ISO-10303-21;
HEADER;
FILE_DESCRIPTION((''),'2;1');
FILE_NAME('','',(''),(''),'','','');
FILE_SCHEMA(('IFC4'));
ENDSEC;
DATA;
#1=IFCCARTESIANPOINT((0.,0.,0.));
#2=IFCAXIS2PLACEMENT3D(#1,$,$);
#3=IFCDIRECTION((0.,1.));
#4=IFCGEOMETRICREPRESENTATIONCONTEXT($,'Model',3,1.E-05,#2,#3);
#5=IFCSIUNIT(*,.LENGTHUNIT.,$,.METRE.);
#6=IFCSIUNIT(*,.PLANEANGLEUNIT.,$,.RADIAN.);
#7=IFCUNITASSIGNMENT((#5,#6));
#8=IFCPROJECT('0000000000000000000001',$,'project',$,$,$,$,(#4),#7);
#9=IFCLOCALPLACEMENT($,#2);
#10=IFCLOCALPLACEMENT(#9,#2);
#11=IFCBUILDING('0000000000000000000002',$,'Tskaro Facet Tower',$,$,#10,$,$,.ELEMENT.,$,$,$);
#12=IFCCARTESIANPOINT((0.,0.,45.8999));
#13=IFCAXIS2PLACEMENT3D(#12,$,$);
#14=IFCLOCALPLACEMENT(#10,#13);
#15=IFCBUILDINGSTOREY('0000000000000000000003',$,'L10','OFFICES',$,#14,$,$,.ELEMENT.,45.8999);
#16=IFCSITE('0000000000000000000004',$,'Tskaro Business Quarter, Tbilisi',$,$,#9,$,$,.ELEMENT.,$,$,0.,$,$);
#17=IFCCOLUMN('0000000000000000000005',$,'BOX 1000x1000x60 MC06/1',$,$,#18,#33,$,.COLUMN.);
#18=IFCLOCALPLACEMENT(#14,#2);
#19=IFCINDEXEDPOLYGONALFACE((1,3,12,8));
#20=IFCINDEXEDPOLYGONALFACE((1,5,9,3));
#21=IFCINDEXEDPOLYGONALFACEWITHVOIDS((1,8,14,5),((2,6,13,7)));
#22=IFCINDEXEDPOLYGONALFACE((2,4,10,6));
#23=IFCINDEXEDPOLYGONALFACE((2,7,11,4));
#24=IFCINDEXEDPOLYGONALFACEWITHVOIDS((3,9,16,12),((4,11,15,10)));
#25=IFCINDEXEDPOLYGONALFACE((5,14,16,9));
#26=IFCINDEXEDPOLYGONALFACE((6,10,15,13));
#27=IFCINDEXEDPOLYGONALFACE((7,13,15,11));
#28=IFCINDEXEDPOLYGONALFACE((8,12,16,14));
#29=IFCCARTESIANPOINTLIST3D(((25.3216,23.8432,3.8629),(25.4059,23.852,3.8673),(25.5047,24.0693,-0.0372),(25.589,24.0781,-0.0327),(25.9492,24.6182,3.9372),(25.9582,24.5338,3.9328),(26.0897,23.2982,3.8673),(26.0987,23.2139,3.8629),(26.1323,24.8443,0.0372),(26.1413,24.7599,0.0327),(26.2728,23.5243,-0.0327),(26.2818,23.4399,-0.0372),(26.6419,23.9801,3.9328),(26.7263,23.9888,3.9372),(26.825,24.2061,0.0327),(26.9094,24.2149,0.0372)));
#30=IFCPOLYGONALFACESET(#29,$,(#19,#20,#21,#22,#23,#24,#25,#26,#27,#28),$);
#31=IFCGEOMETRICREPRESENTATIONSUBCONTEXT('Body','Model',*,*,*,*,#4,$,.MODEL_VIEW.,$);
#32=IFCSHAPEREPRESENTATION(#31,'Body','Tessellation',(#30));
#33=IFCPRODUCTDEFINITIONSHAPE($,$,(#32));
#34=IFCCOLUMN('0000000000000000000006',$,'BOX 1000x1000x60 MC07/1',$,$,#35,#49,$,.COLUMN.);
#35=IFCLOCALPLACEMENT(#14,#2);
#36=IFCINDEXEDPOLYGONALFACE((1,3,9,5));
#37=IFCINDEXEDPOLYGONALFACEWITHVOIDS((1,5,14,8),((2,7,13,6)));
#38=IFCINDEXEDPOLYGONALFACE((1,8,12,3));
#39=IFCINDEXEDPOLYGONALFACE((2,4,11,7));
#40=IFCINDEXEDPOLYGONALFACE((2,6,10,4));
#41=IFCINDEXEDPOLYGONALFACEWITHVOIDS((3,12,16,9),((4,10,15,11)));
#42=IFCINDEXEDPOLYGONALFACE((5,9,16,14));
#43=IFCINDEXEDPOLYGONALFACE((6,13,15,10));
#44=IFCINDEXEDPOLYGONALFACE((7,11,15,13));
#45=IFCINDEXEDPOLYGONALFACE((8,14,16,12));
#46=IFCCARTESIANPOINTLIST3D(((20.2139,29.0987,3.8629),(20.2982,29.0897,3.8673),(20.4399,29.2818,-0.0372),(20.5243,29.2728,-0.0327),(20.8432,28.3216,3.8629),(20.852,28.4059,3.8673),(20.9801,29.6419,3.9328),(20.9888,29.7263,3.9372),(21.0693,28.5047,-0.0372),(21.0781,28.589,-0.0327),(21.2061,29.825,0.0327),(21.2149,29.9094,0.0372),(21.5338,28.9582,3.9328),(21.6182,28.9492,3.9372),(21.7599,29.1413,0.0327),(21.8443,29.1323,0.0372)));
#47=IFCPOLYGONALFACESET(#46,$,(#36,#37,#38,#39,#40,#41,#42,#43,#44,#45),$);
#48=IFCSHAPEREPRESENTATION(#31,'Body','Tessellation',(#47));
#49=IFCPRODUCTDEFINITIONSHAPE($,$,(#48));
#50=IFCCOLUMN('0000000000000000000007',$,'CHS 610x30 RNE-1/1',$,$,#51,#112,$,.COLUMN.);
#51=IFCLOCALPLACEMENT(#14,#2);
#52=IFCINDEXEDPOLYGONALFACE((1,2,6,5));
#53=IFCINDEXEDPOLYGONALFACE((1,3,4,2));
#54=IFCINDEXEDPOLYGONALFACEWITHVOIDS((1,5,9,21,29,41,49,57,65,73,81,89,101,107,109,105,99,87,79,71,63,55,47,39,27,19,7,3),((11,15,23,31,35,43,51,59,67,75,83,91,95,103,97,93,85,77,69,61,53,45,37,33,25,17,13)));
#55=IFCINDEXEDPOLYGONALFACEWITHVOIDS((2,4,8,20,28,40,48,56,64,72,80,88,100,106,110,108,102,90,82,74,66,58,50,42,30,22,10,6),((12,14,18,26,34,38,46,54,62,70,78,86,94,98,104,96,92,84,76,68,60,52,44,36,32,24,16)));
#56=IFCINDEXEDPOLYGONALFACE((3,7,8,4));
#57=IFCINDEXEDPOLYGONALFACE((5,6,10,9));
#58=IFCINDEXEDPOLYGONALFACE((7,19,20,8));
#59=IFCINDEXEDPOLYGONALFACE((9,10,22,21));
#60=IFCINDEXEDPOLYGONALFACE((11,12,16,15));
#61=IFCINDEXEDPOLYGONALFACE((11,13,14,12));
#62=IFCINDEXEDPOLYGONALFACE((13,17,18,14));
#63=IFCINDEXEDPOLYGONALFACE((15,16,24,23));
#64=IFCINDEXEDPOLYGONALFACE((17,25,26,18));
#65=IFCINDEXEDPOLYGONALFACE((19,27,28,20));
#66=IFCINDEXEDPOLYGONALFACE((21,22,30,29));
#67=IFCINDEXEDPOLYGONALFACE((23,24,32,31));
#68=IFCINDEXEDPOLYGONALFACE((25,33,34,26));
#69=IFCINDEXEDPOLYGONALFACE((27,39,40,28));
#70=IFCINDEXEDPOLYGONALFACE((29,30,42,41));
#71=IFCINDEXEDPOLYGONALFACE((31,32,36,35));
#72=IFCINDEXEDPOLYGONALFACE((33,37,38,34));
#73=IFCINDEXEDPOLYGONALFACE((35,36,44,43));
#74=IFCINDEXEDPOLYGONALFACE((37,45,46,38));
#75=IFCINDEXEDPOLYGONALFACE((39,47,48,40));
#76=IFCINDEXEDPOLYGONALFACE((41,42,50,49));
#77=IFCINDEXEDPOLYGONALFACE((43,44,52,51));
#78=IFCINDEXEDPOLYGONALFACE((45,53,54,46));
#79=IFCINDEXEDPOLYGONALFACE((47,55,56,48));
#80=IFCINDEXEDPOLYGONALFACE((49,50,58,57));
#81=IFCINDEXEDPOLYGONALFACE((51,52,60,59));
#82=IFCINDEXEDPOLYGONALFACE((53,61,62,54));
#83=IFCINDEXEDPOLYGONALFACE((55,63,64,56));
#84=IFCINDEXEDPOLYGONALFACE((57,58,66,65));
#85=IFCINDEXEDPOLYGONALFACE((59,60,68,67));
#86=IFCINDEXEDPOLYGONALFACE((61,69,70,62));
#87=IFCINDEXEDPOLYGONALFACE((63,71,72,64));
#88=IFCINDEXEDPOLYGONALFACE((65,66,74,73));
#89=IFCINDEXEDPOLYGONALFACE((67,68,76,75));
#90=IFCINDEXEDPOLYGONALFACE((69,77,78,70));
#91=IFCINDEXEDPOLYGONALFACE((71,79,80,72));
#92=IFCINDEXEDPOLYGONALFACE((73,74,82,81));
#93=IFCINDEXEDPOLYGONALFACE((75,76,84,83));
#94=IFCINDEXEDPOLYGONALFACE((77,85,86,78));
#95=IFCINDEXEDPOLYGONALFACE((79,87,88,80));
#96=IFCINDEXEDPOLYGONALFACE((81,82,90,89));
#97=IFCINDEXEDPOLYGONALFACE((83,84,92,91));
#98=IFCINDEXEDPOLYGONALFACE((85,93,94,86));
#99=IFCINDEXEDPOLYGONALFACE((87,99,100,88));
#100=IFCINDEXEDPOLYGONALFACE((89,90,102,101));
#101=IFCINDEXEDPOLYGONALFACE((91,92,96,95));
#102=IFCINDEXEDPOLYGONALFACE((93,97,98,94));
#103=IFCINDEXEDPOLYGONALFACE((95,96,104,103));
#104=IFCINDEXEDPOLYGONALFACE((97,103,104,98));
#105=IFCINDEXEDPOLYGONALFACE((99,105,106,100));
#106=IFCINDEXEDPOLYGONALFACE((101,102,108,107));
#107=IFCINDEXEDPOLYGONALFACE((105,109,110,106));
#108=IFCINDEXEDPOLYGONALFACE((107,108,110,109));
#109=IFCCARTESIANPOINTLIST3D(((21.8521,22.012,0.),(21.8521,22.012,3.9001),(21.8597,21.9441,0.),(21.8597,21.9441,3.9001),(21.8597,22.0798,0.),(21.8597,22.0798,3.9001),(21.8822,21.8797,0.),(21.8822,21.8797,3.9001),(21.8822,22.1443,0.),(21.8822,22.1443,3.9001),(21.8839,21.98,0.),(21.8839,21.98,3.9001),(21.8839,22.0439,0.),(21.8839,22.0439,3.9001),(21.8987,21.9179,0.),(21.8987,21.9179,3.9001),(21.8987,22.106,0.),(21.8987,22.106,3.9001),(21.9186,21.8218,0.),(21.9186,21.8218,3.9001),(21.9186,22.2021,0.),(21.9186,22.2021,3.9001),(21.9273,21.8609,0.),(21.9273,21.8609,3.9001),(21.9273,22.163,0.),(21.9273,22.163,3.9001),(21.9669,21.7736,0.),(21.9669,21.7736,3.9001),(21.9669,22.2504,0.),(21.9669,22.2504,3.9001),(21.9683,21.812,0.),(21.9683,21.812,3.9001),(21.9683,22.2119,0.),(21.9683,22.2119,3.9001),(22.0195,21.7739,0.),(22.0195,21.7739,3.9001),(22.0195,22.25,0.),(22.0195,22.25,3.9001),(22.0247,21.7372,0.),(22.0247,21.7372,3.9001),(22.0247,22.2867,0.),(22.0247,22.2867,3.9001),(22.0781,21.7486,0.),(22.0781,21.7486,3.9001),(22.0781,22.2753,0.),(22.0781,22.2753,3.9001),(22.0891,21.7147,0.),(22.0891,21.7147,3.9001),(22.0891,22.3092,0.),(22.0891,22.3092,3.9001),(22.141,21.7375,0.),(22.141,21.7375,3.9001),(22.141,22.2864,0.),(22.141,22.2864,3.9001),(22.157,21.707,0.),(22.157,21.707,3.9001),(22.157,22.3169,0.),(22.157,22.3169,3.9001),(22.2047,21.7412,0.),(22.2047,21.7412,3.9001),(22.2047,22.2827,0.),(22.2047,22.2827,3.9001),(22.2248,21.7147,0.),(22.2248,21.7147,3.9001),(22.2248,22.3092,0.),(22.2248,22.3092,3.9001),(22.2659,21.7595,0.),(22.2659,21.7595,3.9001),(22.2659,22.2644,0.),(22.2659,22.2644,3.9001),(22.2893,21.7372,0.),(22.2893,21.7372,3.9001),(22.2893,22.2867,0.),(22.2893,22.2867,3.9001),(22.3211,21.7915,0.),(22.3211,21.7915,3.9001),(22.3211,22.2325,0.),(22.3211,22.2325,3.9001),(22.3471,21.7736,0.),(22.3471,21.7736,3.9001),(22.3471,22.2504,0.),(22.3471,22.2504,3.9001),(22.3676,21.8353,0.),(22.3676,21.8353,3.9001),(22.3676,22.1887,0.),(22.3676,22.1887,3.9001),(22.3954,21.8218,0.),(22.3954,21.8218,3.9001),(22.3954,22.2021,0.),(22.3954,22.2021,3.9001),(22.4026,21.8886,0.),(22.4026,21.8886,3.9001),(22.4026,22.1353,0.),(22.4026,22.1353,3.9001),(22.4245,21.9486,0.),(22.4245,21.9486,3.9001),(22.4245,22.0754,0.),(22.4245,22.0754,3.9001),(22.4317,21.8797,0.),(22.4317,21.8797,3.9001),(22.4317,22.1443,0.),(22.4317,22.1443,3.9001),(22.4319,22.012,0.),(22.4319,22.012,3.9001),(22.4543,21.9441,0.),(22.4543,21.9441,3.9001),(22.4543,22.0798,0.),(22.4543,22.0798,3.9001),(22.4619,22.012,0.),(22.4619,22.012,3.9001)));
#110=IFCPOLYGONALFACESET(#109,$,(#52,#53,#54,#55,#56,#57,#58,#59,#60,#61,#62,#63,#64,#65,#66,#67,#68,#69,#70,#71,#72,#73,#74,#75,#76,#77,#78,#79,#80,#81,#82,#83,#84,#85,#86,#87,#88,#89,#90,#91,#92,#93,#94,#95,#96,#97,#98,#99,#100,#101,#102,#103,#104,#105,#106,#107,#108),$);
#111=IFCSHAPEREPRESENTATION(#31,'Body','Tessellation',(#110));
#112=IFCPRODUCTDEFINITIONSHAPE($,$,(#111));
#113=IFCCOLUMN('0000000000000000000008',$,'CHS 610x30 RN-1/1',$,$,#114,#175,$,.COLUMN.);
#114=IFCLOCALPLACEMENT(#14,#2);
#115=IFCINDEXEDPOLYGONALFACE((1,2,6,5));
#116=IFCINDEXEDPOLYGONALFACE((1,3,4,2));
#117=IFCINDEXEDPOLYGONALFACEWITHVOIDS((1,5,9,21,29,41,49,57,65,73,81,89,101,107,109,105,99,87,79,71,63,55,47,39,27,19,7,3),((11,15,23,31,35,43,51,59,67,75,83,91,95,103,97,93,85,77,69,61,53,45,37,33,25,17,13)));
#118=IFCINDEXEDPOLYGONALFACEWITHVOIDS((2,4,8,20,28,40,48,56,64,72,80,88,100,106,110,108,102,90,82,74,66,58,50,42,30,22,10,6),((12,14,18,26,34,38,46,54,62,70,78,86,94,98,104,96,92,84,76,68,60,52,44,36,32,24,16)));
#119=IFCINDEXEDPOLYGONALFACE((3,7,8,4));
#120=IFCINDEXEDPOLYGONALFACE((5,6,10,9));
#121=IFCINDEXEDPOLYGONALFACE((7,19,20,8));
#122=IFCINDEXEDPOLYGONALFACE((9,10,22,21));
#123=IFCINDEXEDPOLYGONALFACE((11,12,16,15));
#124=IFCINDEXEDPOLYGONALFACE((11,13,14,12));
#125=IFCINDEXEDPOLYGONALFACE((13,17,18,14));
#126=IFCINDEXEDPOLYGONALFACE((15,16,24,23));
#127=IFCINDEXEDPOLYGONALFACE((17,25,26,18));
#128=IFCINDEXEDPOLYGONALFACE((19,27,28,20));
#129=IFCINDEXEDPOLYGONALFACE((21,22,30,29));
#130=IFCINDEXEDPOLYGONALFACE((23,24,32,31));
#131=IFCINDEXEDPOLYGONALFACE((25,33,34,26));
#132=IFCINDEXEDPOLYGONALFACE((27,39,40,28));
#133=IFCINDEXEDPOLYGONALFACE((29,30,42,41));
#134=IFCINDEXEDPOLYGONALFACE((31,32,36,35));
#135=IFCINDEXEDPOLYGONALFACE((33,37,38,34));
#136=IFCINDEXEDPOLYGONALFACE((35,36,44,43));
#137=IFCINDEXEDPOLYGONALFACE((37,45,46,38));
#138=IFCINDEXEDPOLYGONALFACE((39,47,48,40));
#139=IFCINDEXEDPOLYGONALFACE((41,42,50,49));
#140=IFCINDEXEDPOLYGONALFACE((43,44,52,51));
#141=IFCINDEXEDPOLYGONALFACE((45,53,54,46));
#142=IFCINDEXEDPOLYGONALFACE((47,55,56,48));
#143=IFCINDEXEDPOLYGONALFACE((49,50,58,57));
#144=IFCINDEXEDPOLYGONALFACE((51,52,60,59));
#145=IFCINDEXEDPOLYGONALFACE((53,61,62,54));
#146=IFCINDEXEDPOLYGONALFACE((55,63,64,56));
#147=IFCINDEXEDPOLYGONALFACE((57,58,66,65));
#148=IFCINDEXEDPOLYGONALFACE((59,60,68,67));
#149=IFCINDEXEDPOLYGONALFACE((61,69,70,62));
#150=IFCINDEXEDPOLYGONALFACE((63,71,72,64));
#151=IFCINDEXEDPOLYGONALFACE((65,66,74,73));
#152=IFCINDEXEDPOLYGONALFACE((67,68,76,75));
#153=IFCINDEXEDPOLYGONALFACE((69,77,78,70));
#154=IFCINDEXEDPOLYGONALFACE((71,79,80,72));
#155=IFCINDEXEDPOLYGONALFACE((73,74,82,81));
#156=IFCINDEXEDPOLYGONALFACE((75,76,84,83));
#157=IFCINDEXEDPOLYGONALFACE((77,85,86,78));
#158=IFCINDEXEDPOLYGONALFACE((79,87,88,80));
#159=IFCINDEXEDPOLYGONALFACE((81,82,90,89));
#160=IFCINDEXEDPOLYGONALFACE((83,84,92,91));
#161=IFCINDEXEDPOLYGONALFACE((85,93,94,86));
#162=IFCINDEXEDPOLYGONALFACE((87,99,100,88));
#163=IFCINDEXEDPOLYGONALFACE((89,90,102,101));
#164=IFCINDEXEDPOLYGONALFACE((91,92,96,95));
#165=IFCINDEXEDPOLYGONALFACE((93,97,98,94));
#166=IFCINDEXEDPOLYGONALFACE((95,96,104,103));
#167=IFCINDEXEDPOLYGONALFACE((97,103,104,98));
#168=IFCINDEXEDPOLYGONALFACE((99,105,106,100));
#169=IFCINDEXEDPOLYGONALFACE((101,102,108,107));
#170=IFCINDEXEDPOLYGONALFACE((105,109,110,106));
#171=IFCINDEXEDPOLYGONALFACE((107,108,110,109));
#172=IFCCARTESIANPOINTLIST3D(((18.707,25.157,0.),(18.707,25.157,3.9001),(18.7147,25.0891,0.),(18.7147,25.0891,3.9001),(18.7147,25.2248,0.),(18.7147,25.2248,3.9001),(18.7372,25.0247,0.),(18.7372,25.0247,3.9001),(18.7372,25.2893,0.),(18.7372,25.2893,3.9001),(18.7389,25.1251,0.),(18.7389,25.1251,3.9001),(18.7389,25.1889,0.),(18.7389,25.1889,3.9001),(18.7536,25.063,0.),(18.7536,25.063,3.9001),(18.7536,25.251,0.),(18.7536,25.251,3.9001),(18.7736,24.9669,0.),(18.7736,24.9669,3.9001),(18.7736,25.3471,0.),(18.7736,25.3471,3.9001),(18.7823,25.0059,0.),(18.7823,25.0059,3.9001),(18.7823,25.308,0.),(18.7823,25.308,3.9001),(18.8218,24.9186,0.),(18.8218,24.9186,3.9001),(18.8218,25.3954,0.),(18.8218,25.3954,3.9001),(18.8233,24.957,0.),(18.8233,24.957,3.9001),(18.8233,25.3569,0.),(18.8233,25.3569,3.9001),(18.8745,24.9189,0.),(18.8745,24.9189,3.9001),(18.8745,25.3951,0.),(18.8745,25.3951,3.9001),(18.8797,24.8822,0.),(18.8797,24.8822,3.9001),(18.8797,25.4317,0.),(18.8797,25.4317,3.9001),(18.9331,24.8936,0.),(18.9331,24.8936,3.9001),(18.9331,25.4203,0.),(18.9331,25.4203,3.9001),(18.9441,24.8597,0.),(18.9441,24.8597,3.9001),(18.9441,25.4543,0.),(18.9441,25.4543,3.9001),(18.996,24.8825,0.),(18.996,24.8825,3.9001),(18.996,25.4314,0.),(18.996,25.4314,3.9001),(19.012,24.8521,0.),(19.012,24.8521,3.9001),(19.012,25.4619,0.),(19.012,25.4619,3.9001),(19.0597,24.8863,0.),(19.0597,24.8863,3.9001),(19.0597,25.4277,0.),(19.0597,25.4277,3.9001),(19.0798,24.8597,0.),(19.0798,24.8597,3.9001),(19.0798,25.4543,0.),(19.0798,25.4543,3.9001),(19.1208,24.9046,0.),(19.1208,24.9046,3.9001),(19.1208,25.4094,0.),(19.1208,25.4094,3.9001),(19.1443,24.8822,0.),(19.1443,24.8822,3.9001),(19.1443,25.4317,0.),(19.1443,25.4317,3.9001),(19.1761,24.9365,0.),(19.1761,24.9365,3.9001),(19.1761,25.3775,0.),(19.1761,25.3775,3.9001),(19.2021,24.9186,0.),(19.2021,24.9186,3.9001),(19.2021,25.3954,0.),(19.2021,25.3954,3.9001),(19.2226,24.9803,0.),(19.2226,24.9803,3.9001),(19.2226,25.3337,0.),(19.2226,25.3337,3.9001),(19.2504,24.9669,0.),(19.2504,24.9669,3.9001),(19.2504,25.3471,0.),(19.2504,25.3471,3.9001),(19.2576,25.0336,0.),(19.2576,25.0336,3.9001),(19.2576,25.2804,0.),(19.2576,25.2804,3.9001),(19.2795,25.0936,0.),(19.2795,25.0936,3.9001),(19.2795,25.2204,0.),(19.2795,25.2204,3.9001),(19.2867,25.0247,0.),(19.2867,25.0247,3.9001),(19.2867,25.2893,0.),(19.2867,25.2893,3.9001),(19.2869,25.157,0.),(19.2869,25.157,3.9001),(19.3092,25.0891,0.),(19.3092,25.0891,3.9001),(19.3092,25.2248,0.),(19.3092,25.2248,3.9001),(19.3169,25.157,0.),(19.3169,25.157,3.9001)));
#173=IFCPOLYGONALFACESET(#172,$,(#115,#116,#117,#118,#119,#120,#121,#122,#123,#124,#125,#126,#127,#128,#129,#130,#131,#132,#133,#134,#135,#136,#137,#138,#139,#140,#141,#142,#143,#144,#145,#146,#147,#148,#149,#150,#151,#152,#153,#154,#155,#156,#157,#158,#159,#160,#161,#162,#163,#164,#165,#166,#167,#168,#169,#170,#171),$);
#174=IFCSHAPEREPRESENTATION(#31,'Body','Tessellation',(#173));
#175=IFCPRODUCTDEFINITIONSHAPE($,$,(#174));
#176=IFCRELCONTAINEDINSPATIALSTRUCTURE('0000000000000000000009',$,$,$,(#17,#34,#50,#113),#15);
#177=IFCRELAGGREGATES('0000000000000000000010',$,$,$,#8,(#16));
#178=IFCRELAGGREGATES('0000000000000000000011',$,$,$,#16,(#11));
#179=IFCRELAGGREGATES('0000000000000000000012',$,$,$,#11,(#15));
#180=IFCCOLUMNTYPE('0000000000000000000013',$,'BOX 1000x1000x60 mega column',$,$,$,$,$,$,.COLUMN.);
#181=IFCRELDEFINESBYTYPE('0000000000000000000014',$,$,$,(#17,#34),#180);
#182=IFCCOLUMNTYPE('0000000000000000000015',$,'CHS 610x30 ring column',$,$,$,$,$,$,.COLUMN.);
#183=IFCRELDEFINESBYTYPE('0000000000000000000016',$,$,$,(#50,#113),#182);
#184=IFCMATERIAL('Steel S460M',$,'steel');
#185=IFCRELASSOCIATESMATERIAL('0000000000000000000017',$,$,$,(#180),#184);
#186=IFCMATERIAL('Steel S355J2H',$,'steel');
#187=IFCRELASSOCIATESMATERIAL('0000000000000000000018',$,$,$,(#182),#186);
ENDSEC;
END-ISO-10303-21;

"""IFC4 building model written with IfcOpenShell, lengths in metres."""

from ifc_helpers import new_model, si_unit, direction, frame, origin, origin_2d, place, context, subcontext, project, spatial, hollow_rectangle, hollow_circle, extrude, material, material_profile, profile_set, type_object, element, save


model = new_model("IFC4")

# Units and contexts
model_context = context("Model", 3, precision=1e-05, world=origin(), true_north=direction((0.0, 1.0)))
body_context = subcontext(model_context, "Body", "Model", "MODEL_VIEW")
ifc_project = project(units=[si_unit("LENGTHUNIT", "METRE"), si_unit("PLANEANGLEUNIT", "RADIAN")], contexts=[model_context])

# Site, building, storey
site_placement = place(None, origin())
site = spatial("IfcSite", under=ifc_project, at=site_placement, Name="Tskaro Business Quarter, Tbilisi", CompositionType="ELEMENT", RefElevation=0.0)
building_placement = place(site_placement, origin())
building = spatial("IfcBuilding", under=site, at=building_placement, Name="Tskaro Facet Tower", CompositionType="ELEMENT")
storey_placement = place(building_placement, frame((0.0, 0.0, 45.8999)))
storey = spatial("IfcBuildingStorey", under=building, at=storey_placement, Name="L10", Description="OFFICES", CompositionType="ELEMENT", Elevation=45.8999)

# Columns
ifc_material_1 = material(Name="Steel S460M", Category="steel")
ifc_material_profile_1 = material_profile(ifc_material_1, hollow_rectangle(XDim=1.0, YDim=1.0, WallThickness=0.0601, at=origin_2d()), Name="BOX 1000x1000x60")
ifc_profile_set_1 = profile_set([ifc_material_profile_1], Name="Steel S460M")
column_type_1 = type_object("IfcColumnType", Name="BOX 1000x1000x60 mega column", PredefinedType="COLUMN", material=ifc_profile_set_1)
for number, where, z_axis, x_axis, name in (
    (1, (26.207, 24.1421, 0.0), (-0.046818, -0.057805, 0.997229), (0.777089, -0.629391, 0.0), "BOX 1000x1000x60 MC06/1"),
    (2, (21.1421, 29.207, 0.0), (-0.057805, -0.046818, 0.997229), (0.629391, -0.777089, 0.0), "BOX 1000x1000x60 MC07/1"),
):
    element("IfcColumn", number, at=place(storey_placement, frame(where, z_axis=z_axis, x_axis=x_axis)), inside=storey, type_object=column_type_1, Name=name, PredefinedType="COLUMN", context=body_context, shape_type="SweptSolid", body=[
        extrude(hollow_rectangle(XDim=1.0, YDim=1.0, WallThickness=0.0601, at=origin_2d()), origin(), (0.0, 0.0, 1.0), 3.9109),
    ])
ifc_material_2 = material(Name="Steel S355J2H", Category="steel")
ifc_material_profile_2 = material_profile(ifc_material_2, hollow_circle(Radius=0.3049, WallThickness=0.03, at=origin_2d()), Name="CHS 610x30")
ifc_profile_set_2 = profile_set([ifc_material_profile_2], Name="Steel S355J2H")
column_type_2 = type_object("IfcColumnType", Name="CHS 610x30 ring column", PredefinedType="COLUMN", material=ifc_profile_set_2)
for number, where, z_axis, x_axis, name in (
    (3, (22.157, 22.012, 0.0), (0.0, 0.0, 1.0), (1.0, 0.0, 0.0), "CHS 610x30 RNE-1/1"),
    (4, (19.012, 25.157, 0.0), (0.0, 0.0, 1.0), (1.0, 0.0, 0.0), "CHS 610x30 RN-1/1"),
):
    element("IfcColumn", number, at=place(storey_placement, frame(where, z_axis=z_axis, x_axis=x_axis)), inside=storey, type_object=column_type_2, Name=name, PredefinedType="COLUMN", context=body_context, shape_type="SweptSolid", body=[
        extrude(hollow_circle(Radius=0.3049, WallThickness=0.03, at=origin_2d()), origin(), (0.0, 0.0, 1.0), 3.9001),
    ])

save(model, "model.ifc")
